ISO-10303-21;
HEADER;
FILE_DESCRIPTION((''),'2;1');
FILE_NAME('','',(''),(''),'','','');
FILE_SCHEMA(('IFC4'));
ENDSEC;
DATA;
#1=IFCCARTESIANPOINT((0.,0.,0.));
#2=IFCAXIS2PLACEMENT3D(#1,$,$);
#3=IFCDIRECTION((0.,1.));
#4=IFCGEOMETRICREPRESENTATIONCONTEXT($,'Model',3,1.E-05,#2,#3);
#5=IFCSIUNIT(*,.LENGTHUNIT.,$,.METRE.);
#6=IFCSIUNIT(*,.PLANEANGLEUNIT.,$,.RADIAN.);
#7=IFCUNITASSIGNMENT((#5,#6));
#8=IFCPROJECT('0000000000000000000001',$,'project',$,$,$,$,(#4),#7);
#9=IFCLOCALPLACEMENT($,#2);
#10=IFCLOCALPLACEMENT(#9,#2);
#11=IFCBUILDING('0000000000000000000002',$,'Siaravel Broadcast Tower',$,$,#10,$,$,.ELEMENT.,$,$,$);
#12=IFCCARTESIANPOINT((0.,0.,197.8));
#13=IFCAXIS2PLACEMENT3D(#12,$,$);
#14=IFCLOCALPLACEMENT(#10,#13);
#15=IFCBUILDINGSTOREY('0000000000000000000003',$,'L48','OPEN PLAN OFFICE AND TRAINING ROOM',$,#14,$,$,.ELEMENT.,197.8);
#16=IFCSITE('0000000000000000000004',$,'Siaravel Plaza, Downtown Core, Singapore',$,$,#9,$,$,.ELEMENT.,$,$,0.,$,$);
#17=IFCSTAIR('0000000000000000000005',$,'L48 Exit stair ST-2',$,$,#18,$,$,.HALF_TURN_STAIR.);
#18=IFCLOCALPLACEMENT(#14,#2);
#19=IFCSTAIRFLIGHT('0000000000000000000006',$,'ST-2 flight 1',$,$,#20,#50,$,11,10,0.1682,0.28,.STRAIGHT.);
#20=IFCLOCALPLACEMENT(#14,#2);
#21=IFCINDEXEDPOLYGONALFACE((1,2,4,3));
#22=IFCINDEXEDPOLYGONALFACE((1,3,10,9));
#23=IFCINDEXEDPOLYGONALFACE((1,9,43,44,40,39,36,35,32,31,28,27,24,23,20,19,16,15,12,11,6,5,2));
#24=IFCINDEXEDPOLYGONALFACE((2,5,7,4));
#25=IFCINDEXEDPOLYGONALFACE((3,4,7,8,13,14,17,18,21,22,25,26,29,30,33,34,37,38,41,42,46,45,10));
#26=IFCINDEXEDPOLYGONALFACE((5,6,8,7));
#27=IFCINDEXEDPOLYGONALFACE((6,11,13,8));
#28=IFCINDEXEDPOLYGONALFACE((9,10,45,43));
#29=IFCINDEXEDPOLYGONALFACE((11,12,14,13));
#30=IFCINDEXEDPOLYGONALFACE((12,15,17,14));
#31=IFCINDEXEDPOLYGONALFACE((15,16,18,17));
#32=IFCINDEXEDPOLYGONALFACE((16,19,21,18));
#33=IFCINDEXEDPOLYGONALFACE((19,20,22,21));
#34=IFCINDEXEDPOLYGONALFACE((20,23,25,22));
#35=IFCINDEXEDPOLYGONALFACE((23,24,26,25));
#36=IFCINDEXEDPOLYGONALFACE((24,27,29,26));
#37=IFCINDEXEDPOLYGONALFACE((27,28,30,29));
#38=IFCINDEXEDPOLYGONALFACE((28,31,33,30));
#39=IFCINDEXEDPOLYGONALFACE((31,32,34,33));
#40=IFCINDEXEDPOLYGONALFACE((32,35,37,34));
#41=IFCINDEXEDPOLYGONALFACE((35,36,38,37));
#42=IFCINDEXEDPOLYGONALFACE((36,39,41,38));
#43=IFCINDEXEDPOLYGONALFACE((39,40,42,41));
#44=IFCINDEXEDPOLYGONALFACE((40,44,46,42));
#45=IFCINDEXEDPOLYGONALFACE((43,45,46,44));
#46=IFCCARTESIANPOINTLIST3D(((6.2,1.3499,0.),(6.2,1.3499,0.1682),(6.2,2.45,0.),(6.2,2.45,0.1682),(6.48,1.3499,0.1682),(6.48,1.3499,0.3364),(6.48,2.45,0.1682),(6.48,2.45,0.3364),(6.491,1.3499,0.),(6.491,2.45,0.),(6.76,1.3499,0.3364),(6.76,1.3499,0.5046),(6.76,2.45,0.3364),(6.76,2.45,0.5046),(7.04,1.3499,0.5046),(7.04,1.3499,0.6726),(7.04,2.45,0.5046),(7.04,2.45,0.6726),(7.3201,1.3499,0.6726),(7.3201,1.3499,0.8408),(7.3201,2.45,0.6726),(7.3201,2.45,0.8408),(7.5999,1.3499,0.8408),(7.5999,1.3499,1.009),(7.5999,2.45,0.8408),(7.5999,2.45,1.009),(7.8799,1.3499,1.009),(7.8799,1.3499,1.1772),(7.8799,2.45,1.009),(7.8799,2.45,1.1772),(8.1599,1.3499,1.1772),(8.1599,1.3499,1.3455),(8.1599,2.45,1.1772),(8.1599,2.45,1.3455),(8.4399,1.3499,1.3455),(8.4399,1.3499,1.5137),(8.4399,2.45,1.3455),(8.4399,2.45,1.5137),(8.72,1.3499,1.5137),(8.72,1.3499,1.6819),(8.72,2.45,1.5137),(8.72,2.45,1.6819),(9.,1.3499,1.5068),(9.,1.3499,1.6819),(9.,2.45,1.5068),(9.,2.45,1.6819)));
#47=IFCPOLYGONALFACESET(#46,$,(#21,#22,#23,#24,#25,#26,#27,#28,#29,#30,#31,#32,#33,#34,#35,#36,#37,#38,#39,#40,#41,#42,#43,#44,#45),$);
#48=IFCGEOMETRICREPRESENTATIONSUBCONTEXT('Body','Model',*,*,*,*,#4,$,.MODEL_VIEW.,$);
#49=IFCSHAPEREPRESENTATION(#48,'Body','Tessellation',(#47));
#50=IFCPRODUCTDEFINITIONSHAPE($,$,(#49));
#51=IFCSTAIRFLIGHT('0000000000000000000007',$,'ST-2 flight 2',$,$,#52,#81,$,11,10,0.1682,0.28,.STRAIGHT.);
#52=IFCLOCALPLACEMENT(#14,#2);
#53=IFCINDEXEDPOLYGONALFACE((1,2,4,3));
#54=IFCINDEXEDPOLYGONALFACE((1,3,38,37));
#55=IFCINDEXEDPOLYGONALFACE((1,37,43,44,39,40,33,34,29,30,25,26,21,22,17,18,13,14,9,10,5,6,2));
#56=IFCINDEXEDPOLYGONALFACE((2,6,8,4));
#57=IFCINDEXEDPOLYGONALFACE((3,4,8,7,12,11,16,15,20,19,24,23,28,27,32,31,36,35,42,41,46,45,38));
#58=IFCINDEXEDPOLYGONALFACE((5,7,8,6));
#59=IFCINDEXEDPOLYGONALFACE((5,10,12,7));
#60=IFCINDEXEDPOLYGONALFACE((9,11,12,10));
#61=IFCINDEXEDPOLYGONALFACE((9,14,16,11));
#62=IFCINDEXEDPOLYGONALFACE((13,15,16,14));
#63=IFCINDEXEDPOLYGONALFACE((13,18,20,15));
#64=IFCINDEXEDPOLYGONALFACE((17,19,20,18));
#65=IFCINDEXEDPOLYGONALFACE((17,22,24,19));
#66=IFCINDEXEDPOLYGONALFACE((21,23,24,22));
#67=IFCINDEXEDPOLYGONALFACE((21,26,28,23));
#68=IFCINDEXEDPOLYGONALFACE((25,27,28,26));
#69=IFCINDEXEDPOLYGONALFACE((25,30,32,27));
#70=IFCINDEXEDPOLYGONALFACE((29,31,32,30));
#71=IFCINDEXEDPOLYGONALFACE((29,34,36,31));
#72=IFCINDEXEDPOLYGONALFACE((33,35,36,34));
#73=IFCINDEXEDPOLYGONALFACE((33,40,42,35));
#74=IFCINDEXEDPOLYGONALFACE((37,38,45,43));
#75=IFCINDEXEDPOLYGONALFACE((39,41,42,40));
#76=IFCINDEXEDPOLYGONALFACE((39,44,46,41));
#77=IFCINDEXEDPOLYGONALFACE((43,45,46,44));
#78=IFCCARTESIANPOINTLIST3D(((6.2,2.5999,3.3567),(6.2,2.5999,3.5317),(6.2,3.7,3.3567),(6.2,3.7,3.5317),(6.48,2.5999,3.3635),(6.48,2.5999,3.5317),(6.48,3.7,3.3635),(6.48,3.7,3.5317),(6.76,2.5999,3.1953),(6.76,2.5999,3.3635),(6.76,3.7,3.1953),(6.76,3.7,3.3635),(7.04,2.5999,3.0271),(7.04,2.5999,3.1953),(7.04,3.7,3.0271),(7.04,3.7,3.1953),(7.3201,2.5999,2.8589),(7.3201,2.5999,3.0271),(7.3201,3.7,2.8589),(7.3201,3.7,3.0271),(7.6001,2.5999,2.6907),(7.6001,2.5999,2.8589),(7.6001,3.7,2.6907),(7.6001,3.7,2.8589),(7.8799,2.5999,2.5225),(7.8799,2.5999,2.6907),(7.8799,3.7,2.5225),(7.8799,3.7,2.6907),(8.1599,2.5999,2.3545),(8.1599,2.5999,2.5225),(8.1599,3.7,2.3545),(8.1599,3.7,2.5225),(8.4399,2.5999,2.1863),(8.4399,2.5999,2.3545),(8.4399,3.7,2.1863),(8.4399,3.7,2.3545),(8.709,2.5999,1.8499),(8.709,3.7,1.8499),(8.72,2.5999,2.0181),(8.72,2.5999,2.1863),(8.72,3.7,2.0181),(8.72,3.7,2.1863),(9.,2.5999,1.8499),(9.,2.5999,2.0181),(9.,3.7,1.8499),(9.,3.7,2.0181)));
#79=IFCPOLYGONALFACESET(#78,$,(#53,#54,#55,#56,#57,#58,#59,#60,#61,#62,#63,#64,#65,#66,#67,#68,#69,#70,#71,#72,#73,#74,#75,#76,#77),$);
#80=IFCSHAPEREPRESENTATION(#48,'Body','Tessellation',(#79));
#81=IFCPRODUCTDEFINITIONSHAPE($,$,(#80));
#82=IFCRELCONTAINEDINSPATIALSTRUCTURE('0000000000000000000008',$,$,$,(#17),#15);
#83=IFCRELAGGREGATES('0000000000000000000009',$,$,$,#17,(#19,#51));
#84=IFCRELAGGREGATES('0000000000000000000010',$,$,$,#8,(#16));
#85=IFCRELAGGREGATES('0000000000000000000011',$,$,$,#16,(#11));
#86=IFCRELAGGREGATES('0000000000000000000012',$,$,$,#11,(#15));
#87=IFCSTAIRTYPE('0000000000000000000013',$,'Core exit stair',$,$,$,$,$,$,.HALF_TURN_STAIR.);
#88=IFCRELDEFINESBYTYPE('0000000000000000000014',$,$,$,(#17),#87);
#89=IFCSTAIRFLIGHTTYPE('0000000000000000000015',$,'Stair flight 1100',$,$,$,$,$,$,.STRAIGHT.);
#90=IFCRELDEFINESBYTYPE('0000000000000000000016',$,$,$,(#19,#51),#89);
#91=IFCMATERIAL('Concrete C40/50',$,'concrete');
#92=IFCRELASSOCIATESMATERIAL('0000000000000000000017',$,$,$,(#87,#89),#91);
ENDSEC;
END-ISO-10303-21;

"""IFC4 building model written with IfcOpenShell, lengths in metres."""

from ifc_helpers import new_model, si_unit, direction, frame, origin, place, context, subcontext, project, spatial, polyline, outline, extrude, material, type_object, element, aggregate, save


model = new_model("IFC4")

# Units and contexts
model_context = context("Model", 3, precision=1e-05, world=origin(), true_north=direction((0.0, 1.0)))
body_context = subcontext(model_context, "Body", "Model", "MODEL_VIEW")
ifc_project = project(units=[si_unit("LENGTHUNIT", "METRE"), si_unit("PLANEANGLEUNIT", "RADIAN")], contexts=[model_context])

# Site, building, storey
site_placement = place(None, origin())
site = spatial("IfcSite", under=ifc_project, at=site_placement, Name="Siaravel Plaza, Downtown Core, Singapore", CompositionType="ELEMENT", RefElevation=0.0)
building_placement = place(site_placement, origin())
building = spatial("IfcBuilding", under=site, at=building_placement, Name="Siaravel Broadcast Tower", CompositionType="ELEMENT")
storey_placement = place(building_placement, frame((0.0, 0.0, 197.8)))
storey = spatial("IfcBuildingStorey", under=building, at=storey_placement, Name="L48", Description="OPEN PLAN OFFICE AND TRAINING ROOM", CompositionType="ELEMENT", Elevation=197.8)

# Stair, stair flights
ifc_material_1 = material(Name="Concrete C40/50", Category="concrete")
stair_type = type_object("IfcStairType", Name="Core exit stair", PredefinedType="HALF_TURN_STAIR", material=ifc_material_1)
stair_placement = place(storey_placement, origin())
stair = element("IfcStair", 1, at=stair_placement, inside=storey, type_object=stair_type, Name="L48 Exit stair ST-2", PredefinedType="HALF_TURN_STAIR")
stair_flight_type = type_object("IfcStairFlightType", Name="Stair flight 1100", PredefinedType="STRAIGHT", material=ifc_material_1)
stair_flight_1_placement = place(storey_placement, frame((6.2, 1.8999, 0.0), z_axis=(0.0, 0.0, 1.0), x_axis=(1.0, 0.0, 0.0)))
stair_flight_1 = element("IfcStairFlight", 2, at=stair_flight_1_placement, type_object=stair_flight_type, Name="ST-2 flight 1", NumberOfRisers=11, NumberOfTreads=10, PredefinedType="STRAIGHT", RiserHeight=0.1682, TreadLength=0.28, context=body_context, shape_type="SweptSolid", body=[
    extrude(outline(polyline([(0.0, 0.0), (0.0, 0.1682), (0.28, 0.1682), (0.28, 0.3364), (0.5601, 0.3364), (0.5601, 0.5046), (0.8401, 0.5046), (0.8401, 0.6726), (1.1201, 0.6726), (1.1201, 0.8408), (1.3999, 0.8408), (1.3999, 1.009), (1.6799, 1.009), (1.6799, 1.1772), (1.96, 1.1772), (1.96, 1.3455), (2.24, 1.3455), (2.24, 1.5137), (2.52, 1.5137), (2.52, 1.6819), (2.8, 1.6819), (2.8, 1.8501), (2.8, 1.5068), (0.291, 0.0), (0.0, 0.0)])), frame((0.0, 0.55, 0.0), z_axis=(0.0, -1.0, 0.0), x_axis=(1.0, 0.0, 0.0)), (0.0, 0.0, 1.0), 1.1001),
])
stair_flight_2_placement = place(storey_placement, frame((9.0, 3.1499, 1.8499), z_axis=(0.0, 0.0, 1.0), x_axis=(-1.0, 0.0, 0.0)))
stair_flight_2 = element("IfcStairFlight", 3, at=stair_flight_2_placement, type_object=stair_flight_type, Name="ST-2 flight 2", NumberOfRisers=11, NumberOfTreads=10, PredefinedType="STRAIGHT", RiserHeight=0.1682, TreadLength=0.28, context=body_context, shape_type="SweptSolid", body=[
    extrude(outline(polyline([(0.0, 0.0), (0.0, 0.1682), (0.28, 0.1682), (0.28, 0.3364), (0.5601, 0.3364), (0.5601, 0.5046), (0.8401, 0.5046), (0.8401, 0.6726), (1.1201, 0.6726), (1.1201, 0.8408), (1.3999, 0.8408), (1.3999, 1.009), (1.6799, 1.009), (1.6799, 1.1772), (1.96, 1.1772), (1.96, 1.3455), (2.24, 1.3455), (2.24, 1.5137), (2.52, 1.5137), (2.52, 1.6819), (2.8, 1.6819), (2.8, 1.8501), (2.8, 1.5068), (0.291, 0.0), (0.0, 0.0)])), frame((0.0, 0.55, 0.0), z_axis=(0.0, -1.0, 0.0), x_axis=(1.0, 0.0, 0.0)), (0.0, 0.0, 1.0), 1.1001),
])
aggregate(stair, [stair_flight_1, stair_flight_2])

save(model, "model.ifc")
